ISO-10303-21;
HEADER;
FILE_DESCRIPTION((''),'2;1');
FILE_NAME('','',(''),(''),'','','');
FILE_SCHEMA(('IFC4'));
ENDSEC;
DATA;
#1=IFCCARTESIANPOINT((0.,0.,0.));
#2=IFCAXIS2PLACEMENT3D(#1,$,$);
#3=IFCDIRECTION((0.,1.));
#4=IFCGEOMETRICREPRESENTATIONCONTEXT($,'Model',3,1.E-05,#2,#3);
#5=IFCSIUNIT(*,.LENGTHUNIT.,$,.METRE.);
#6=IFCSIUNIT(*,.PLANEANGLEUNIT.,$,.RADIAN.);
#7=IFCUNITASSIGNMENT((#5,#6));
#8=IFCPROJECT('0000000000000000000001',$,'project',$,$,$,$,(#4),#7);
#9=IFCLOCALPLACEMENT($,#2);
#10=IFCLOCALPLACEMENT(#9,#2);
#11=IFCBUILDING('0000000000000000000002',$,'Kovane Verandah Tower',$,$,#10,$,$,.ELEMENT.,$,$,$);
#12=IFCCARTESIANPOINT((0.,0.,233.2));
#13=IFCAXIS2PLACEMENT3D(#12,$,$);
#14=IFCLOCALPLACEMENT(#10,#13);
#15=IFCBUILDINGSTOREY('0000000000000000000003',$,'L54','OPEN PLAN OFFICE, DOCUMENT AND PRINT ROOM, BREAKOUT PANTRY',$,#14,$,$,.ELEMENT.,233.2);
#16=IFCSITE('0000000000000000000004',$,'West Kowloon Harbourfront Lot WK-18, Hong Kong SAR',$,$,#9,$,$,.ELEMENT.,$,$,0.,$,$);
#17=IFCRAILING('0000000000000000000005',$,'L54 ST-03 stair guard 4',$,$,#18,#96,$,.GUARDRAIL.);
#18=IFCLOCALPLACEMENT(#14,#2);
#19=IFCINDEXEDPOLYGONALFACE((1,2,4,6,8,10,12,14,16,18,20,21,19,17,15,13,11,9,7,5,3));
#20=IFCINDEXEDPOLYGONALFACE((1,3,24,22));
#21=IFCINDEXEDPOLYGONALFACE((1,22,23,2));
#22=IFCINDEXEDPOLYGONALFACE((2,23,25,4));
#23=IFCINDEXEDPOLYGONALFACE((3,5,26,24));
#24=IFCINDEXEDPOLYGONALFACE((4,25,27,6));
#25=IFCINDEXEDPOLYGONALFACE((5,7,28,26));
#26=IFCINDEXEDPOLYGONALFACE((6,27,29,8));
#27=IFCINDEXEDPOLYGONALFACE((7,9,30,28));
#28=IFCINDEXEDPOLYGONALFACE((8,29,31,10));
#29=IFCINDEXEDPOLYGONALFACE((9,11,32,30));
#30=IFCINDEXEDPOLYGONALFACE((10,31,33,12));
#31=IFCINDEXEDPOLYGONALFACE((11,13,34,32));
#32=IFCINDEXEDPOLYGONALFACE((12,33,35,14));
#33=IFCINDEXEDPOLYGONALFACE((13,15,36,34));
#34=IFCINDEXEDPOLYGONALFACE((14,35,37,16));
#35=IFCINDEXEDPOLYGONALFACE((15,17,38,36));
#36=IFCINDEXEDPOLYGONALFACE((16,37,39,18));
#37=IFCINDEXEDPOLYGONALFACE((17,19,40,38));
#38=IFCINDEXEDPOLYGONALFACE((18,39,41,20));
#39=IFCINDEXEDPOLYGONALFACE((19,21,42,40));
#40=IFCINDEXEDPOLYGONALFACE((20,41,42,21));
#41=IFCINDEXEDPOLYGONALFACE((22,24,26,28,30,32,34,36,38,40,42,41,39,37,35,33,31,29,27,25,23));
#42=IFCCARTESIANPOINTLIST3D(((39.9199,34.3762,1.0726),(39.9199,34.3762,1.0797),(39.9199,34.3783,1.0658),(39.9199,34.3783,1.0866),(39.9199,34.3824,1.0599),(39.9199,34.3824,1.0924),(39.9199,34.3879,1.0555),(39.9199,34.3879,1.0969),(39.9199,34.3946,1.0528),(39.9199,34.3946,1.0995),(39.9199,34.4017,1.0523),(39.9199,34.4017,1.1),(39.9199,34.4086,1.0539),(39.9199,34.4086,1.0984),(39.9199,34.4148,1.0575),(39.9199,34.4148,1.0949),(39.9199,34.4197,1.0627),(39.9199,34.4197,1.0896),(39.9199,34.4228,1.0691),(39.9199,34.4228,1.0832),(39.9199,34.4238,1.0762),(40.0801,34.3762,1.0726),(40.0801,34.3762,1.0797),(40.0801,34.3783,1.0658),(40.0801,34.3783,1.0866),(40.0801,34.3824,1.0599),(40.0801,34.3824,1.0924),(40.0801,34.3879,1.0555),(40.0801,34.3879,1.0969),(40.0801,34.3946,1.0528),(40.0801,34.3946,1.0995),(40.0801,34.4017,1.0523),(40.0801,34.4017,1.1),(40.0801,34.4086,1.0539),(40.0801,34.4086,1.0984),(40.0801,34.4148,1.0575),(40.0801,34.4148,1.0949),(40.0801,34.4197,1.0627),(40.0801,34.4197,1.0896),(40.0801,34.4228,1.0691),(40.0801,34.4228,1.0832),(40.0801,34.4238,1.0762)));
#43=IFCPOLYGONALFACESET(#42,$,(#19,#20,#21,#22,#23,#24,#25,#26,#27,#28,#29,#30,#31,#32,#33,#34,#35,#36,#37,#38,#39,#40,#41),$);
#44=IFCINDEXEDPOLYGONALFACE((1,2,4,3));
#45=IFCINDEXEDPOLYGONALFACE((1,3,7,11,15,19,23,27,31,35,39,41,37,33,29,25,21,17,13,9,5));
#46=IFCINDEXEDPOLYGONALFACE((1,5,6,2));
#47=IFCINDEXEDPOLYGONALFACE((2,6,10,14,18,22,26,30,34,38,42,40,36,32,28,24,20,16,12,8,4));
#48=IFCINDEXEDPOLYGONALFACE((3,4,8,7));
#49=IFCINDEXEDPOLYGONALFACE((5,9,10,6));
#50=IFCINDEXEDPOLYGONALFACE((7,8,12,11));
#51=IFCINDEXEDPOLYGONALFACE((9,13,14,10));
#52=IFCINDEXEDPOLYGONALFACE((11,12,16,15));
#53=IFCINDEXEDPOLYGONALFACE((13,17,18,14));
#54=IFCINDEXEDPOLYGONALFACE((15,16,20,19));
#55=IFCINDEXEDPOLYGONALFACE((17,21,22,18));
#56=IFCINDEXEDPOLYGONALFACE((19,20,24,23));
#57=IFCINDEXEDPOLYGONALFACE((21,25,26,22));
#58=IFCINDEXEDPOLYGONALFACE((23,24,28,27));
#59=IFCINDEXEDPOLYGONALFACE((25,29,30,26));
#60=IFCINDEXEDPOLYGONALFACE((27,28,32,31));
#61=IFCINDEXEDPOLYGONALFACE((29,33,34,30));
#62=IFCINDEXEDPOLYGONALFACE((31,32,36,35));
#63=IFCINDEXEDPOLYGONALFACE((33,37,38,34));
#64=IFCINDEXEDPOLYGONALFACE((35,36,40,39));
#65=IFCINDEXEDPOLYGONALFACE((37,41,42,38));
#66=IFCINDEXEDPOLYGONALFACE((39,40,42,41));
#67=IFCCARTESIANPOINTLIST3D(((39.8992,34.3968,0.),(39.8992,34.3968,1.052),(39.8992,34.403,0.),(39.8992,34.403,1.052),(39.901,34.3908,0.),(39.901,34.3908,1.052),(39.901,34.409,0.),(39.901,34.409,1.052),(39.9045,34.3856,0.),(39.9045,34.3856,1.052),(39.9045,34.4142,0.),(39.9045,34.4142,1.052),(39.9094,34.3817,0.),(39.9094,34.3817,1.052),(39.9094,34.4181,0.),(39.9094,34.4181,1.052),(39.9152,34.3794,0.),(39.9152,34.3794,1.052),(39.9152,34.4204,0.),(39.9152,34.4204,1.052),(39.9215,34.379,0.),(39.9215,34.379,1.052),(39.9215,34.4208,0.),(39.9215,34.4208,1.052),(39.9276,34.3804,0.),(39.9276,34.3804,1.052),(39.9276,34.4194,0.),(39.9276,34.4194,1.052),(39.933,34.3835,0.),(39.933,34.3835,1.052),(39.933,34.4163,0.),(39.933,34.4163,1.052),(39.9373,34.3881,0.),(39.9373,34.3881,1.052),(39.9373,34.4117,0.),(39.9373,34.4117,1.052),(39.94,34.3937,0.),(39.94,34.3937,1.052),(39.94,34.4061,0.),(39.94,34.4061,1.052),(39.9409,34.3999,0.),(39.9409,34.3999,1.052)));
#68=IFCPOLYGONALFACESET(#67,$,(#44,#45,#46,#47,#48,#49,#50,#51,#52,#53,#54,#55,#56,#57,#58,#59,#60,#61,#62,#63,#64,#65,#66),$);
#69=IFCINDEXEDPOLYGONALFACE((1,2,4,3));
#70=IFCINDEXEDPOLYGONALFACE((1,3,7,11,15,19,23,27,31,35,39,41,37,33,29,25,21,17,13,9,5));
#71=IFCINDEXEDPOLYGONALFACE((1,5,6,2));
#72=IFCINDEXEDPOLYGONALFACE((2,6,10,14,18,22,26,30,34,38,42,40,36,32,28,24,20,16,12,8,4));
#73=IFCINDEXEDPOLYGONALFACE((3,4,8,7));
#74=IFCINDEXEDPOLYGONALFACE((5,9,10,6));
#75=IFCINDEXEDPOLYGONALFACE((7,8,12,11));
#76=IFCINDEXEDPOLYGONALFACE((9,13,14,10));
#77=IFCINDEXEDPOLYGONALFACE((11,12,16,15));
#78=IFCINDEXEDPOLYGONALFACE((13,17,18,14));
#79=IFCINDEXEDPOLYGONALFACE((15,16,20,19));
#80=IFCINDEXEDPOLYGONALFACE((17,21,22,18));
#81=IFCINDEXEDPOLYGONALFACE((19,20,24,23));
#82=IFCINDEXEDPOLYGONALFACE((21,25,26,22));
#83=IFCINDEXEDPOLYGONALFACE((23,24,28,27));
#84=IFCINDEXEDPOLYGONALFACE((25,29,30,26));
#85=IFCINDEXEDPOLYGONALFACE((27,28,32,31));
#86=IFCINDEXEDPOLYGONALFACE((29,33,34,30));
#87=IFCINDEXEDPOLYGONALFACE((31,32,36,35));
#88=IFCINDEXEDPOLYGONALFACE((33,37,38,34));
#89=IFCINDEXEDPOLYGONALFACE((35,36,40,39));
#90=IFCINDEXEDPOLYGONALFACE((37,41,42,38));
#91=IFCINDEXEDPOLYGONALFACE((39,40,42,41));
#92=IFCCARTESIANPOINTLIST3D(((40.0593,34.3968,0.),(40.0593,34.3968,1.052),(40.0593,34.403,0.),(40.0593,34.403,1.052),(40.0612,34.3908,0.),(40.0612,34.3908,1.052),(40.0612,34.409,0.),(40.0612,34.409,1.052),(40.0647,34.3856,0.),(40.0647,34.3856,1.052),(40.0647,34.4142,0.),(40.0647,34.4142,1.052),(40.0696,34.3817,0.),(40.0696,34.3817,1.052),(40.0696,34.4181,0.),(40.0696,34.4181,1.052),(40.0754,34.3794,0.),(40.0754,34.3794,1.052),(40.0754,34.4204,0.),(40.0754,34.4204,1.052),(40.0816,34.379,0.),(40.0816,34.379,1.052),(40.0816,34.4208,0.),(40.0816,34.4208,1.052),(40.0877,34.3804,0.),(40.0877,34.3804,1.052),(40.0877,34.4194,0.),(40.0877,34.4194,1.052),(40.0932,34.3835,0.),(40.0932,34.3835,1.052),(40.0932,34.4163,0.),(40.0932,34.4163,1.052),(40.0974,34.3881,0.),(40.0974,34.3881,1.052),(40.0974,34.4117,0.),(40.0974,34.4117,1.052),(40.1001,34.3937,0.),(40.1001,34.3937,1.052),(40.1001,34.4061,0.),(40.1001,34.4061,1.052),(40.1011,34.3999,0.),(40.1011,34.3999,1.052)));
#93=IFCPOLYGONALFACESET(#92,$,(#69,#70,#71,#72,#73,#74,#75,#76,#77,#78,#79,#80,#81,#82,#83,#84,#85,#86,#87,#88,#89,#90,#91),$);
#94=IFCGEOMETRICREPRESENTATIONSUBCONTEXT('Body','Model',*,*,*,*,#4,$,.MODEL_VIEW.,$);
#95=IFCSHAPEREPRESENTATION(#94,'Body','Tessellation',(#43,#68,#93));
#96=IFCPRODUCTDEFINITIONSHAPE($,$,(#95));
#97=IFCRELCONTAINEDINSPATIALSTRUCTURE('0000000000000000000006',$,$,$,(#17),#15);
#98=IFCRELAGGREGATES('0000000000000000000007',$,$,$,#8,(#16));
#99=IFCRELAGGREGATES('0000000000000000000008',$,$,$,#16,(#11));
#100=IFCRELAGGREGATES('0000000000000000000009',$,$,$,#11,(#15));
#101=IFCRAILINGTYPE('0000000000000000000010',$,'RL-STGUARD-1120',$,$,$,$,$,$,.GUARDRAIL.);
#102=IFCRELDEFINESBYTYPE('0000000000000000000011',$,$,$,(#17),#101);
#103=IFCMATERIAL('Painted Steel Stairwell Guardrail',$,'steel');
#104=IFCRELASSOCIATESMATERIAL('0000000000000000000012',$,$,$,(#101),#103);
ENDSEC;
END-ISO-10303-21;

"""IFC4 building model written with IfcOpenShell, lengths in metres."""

from ifc_helpers import new_model, si_unit, direction, frame, origin, origin_2d, place, context, subcontext, project, spatial, circle, extrude, material, type_object, element, save


model = new_model("IFC4")

# Units and contexts
model_context = context("Model", 3, precision=1e-05, world=origin(), true_north=direction((0.0, 1.0)))
body_context = subcontext(model_context, "Body", "Model", "MODEL_VIEW")
ifc_project = project(units=[si_unit("LENGTHUNIT", "METRE"), si_unit("PLANEANGLEUNIT", "RADIAN")], contexts=[model_context])

# Site, building, storey
site_placement = place(None, origin())
site = spatial("IfcSite", under=ifc_project, at=site_placement, Name="West Kowloon Harbourfront Lot WK-18, Hong Kong SAR", CompositionType="ELEMENT", RefElevation=0.0)
building_placement = place(site_placement, origin())
building = spatial("IfcBuilding", under=site, at=building_placement, Name="Kovane Verandah Tower", CompositionType="ELEMENT")
storey_placement = place(building_placement, frame((0.0, 0.0, 233.2)))
storey = spatial("IfcBuildingStorey", under=building, at=storey_placement, Name="L54", Description="OPEN PLAN OFFICE, DOCUMENT AND PRINT ROOM, BREAKOUT PANTRY", CompositionType="ELEMENT", Elevation=233.2)

# Railing
ifc_material_1 = material(Name="Painted Steel Stairwell Guardrail", Category="steel")
railing_type_1 = type_object("IfcRailingType", Name="RL-STGUARD-1120", PredefinedType="GUARDRAIL", material=ifc_material_1)
railing_1_placement = place(storey_placement, frame((39.9199, 34.3999, 0.0)))
element("IfcRailing", 1, at=railing_1_placement, inside=storey, type_object=railing_type_1, Name="L54 ST-03 stair guard 4", PredefinedType="GUARDRAIL", context=body_context, shape_type="SweptSolid", body=[
    extrude(circle(Radius=0.0239, at=origin_2d()), frame((0.0, 0.0, 1.0762), z_axis=(1.0, 0.0, 0.0), x_axis=(0.0, 1.0, 0.0)), (0.0, 0.0, 1.0), 0.1602),
    extrude(circle(Radius=0.021, at=origin_2d()), origin(), (0.0, 0.0, 1.0), 1.052),
    extrude(circle(Radius=0.021, at=origin_2d()), frame((0.1602, 0.0, 0.0)), (0.0, 0.0, 1.0), 1.052),
])

save(model, "model.ifc")
